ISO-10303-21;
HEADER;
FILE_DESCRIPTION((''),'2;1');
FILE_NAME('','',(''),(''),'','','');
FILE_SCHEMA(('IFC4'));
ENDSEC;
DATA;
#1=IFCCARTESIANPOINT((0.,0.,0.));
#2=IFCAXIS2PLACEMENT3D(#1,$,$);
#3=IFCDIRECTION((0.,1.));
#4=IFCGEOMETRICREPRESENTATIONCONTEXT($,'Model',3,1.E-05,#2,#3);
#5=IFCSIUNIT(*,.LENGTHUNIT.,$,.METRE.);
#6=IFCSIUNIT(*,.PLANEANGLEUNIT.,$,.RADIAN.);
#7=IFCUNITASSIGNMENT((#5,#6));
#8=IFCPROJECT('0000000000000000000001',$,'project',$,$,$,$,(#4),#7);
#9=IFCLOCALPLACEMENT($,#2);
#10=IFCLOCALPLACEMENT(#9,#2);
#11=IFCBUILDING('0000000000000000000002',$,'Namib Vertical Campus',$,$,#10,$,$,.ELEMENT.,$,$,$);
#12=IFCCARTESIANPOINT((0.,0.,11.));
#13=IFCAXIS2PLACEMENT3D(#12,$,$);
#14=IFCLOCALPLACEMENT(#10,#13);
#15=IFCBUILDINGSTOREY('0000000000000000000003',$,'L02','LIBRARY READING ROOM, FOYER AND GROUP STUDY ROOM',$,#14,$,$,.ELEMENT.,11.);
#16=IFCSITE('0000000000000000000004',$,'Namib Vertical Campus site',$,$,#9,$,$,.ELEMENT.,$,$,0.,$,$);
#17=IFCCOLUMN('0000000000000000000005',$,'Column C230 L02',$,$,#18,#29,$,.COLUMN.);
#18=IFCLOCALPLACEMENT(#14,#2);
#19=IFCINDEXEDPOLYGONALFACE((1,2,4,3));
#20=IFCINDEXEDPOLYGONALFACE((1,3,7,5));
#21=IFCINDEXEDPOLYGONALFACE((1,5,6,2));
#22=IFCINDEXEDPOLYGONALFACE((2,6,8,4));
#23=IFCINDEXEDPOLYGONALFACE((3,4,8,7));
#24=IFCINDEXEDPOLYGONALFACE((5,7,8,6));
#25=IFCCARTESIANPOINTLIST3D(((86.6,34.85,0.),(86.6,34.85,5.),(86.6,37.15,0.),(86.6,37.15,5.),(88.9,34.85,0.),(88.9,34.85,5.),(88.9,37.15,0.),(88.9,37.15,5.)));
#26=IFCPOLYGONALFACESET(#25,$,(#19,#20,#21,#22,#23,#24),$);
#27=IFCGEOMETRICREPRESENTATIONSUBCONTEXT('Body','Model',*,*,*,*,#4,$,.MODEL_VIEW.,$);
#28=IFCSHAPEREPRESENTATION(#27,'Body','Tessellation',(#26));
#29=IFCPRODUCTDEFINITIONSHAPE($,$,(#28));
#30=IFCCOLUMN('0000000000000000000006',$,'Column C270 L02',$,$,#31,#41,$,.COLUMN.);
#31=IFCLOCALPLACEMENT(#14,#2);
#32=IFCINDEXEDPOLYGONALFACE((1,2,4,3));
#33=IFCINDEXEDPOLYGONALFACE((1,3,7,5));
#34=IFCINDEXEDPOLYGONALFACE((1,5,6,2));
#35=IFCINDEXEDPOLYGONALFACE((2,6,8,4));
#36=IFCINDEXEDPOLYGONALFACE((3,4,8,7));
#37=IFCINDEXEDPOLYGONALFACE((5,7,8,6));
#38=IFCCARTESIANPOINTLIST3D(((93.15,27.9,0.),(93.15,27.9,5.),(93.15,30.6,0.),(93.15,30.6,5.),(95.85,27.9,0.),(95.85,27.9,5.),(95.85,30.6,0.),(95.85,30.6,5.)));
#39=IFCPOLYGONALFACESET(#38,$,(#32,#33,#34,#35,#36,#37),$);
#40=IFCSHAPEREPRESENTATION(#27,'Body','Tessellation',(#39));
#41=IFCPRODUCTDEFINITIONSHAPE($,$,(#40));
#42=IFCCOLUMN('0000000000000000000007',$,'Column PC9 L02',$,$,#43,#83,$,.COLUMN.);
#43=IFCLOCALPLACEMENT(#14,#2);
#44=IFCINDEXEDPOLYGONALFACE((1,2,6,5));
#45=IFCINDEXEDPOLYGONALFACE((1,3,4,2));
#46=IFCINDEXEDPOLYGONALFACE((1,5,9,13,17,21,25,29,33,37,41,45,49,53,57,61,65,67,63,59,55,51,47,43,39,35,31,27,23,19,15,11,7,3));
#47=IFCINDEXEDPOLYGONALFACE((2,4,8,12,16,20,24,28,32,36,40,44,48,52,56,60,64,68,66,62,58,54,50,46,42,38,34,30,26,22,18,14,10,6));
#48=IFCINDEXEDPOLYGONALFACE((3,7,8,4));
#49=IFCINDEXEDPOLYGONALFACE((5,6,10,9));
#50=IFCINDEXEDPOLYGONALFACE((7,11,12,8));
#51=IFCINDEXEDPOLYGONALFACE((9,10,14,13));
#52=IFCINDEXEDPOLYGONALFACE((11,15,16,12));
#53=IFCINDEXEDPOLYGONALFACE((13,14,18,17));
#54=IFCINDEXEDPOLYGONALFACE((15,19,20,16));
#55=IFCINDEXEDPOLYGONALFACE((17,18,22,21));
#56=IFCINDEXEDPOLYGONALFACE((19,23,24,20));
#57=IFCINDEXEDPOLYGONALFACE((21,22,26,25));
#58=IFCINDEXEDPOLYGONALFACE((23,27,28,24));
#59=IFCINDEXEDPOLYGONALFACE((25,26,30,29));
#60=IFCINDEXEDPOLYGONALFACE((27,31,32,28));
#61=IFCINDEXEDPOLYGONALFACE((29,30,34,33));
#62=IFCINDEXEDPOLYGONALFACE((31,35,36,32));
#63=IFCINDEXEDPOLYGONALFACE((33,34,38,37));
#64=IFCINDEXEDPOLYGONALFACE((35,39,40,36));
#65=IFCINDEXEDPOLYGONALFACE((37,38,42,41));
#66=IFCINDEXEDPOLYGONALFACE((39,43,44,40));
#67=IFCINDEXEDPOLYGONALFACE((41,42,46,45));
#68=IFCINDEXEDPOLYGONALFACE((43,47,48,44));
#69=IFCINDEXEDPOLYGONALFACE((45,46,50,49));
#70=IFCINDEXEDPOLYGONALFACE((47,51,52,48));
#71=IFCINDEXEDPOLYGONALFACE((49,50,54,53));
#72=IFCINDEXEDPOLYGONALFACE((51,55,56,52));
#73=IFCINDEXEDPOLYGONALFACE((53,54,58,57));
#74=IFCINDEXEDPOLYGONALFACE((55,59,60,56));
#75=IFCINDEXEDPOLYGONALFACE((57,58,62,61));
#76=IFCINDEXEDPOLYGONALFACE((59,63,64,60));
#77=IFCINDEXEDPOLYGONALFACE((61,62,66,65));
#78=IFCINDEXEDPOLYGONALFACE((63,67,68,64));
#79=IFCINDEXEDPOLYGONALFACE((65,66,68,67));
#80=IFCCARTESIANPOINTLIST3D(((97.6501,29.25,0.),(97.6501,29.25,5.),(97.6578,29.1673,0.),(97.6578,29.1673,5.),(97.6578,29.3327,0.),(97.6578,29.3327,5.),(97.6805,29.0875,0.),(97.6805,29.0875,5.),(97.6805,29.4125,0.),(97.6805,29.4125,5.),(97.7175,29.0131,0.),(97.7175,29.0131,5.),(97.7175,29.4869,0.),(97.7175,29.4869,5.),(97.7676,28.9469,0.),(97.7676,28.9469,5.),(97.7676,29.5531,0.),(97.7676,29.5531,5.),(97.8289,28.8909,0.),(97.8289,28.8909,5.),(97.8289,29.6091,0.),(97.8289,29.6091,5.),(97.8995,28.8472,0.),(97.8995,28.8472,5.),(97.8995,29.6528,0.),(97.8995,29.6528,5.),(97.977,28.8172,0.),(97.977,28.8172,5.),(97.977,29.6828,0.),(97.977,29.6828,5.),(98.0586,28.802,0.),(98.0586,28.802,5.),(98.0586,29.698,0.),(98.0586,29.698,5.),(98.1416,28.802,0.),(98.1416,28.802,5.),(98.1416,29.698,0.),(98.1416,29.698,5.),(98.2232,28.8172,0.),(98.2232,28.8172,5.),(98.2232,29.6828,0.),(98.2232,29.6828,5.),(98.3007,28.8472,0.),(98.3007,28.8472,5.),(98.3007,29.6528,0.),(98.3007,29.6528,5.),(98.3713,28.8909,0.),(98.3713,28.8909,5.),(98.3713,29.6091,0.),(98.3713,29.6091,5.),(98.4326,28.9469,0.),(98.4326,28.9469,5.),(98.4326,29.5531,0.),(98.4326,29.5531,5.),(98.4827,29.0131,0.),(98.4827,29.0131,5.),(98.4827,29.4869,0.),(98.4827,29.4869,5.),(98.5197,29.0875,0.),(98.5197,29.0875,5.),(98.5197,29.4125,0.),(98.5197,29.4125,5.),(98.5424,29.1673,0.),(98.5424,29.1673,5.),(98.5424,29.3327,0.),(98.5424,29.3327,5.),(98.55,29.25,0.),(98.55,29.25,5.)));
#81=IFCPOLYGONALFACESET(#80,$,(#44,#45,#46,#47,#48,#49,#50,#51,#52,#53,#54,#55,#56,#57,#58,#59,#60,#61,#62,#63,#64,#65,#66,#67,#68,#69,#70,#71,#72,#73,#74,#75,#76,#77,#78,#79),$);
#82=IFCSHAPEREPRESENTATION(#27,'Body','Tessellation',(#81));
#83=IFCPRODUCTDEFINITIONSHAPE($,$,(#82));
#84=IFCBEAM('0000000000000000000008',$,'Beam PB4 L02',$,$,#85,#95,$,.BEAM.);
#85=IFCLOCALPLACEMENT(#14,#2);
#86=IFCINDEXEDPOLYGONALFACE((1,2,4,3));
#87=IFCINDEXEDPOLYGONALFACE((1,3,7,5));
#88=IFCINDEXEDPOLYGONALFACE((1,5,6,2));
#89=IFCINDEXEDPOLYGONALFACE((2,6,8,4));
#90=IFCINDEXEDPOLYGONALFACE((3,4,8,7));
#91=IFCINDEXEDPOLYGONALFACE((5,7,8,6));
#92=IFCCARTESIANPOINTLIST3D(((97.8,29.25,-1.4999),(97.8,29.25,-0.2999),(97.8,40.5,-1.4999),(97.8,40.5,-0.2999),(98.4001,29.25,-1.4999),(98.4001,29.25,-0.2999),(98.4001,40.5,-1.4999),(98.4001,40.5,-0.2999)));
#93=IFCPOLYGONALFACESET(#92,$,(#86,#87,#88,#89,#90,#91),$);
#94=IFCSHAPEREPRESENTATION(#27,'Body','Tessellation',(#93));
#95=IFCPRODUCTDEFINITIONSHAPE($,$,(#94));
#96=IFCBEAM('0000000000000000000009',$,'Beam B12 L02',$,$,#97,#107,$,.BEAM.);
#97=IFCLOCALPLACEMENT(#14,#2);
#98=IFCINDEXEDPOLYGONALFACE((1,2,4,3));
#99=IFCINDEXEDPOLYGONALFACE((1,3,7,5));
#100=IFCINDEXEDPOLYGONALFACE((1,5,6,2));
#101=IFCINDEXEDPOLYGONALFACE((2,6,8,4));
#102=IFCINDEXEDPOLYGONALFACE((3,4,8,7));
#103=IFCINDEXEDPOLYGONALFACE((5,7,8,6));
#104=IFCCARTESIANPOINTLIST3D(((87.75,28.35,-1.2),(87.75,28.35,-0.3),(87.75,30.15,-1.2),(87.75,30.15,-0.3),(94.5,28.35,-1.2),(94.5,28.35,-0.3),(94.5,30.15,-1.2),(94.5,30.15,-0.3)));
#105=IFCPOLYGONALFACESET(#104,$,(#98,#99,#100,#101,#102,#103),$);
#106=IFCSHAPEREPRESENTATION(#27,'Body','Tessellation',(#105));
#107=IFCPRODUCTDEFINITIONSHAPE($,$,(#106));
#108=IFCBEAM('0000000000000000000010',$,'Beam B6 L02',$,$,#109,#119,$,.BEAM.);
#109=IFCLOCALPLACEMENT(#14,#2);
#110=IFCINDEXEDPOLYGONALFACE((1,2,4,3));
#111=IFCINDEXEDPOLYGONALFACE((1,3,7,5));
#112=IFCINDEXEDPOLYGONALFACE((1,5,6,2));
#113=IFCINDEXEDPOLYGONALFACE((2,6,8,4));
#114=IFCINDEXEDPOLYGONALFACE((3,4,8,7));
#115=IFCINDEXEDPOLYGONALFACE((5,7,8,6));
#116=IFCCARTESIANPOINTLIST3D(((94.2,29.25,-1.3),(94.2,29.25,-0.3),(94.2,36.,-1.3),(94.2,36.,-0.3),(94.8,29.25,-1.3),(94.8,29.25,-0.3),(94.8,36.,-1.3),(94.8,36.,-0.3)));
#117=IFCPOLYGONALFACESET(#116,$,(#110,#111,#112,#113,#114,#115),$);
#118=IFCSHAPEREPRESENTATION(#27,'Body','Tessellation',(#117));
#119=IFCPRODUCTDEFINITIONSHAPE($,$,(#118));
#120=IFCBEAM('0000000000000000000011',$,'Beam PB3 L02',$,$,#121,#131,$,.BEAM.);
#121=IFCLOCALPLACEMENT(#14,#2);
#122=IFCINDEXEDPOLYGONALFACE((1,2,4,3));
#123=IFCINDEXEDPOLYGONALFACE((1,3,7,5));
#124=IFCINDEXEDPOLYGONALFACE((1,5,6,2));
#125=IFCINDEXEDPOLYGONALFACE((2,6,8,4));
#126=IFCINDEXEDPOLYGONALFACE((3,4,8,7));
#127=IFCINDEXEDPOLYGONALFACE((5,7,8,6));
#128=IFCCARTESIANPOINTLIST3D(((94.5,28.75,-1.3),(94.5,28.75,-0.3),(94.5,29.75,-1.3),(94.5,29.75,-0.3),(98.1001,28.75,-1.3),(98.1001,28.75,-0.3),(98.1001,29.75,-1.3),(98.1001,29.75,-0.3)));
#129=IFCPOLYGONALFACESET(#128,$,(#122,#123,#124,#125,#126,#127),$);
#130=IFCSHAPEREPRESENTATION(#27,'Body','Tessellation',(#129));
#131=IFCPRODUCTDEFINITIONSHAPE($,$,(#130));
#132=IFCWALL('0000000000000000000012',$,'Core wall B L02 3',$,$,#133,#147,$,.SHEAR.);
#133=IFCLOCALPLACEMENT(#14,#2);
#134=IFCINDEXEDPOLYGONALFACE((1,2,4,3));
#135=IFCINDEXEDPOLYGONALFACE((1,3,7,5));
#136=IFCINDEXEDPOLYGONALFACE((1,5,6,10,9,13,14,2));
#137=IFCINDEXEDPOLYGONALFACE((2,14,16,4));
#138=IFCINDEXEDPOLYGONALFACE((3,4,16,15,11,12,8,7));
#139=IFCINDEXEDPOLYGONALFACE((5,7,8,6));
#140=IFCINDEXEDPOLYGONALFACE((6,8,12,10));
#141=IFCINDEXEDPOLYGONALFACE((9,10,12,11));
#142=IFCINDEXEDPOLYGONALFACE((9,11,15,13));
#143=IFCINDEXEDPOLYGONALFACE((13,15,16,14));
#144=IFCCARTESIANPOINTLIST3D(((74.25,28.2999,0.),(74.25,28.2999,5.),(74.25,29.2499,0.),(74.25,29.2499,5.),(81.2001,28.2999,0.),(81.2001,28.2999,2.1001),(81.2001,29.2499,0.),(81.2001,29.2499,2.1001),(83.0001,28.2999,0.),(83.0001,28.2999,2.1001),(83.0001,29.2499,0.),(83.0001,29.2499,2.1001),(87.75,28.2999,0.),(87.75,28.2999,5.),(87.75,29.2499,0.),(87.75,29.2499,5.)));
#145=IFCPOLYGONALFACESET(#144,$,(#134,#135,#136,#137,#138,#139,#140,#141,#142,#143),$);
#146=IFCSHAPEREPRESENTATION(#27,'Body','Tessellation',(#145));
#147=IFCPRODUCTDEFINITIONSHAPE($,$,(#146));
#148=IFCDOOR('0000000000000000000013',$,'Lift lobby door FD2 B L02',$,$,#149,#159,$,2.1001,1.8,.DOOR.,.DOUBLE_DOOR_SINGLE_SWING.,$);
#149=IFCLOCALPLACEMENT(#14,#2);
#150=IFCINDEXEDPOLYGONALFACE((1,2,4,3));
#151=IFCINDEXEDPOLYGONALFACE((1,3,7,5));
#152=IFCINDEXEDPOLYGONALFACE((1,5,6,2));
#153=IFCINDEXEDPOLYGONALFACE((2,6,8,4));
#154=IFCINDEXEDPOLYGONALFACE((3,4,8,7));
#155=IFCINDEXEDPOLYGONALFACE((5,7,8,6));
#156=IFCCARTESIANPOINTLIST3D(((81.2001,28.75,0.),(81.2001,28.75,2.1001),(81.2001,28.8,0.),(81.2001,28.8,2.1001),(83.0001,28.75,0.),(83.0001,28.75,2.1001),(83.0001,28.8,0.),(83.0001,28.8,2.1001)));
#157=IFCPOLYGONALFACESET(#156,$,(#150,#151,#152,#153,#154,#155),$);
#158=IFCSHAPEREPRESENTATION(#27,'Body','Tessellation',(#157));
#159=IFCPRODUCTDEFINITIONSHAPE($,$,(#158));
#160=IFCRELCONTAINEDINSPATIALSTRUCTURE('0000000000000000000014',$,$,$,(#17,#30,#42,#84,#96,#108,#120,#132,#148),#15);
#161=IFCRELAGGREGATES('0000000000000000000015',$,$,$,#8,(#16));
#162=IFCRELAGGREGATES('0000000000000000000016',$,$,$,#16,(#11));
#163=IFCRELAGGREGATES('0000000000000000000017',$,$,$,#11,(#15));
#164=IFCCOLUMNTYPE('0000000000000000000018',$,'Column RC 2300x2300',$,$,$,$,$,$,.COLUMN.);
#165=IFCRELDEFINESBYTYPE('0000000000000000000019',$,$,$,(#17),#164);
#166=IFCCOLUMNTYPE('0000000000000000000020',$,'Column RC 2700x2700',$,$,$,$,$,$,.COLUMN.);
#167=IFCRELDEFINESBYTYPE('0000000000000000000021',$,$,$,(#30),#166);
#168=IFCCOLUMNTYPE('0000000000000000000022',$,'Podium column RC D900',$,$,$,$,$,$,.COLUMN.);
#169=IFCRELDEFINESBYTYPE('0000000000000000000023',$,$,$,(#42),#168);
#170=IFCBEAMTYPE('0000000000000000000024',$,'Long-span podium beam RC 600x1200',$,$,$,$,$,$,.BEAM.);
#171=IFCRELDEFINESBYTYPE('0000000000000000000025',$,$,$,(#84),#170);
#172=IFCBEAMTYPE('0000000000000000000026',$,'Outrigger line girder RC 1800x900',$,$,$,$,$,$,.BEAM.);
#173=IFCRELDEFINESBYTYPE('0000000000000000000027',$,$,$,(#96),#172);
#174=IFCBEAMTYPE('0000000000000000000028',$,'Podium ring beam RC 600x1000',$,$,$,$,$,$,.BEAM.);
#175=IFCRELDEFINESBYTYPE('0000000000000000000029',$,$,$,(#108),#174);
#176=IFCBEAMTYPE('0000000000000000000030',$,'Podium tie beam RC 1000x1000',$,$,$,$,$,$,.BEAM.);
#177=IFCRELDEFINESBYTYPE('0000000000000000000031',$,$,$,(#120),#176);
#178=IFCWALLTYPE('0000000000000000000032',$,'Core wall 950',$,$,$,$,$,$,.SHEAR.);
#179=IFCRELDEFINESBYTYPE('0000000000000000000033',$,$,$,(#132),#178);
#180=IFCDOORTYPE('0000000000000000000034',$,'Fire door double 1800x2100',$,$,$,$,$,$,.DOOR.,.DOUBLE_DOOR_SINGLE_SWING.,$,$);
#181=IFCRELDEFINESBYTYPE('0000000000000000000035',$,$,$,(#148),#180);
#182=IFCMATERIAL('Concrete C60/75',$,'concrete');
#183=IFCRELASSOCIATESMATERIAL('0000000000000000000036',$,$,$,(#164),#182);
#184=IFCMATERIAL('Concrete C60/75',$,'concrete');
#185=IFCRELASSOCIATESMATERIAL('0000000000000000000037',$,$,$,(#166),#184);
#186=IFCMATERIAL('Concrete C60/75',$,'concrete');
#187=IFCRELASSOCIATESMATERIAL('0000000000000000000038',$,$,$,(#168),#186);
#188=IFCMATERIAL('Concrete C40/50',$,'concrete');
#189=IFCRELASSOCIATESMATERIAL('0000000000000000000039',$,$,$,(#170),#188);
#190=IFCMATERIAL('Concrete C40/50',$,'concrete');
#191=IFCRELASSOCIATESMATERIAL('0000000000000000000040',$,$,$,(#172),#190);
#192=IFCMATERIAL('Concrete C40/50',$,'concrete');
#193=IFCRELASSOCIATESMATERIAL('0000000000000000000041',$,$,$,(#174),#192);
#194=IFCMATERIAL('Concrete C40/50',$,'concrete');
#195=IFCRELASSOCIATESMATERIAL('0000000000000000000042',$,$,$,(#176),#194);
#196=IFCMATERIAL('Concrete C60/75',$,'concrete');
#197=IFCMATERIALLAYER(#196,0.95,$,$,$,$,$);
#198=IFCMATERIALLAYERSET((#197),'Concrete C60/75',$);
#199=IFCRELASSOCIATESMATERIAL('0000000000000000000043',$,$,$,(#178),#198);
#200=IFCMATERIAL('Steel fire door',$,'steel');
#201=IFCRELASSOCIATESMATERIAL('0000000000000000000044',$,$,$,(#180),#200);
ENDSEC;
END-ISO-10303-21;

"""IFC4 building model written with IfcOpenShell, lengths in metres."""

from ifc_helpers import new_model, si_unit, direction, frame, frame_2d, origin, origin_2d, place, context, subcontext, project, spatial, rectangle, circle, extrude, material, layer, layer_set, material_profile, profile_set, type_object, element, fill, save


model = new_model("IFC4")

# Units and contexts
model_context = context("Model", 3, precision=1e-05, world=origin(), true_north=direction((0.0, 1.0)))
body_context = subcontext(model_context, "Body", "Model", "MODEL_VIEW")
ifc_project = project(units=[si_unit("LENGTHUNIT", "METRE"), si_unit("PLANEANGLEUNIT", "RADIAN")], contexts=[model_context])

# Site, building, storey
site_placement = place(None, origin())
site = spatial("IfcSite", under=ifc_project, at=site_placement, Name="Namib Vertical Campus site", CompositionType="ELEMENT", RefElevation=0.0)
building_placement = place(site_placement, origin())
building = spatial("IfcBuilding", under=site, at=building_placement, Name="Namib Vertical Campus", CompositionType="ELEMENT")
storey_placement = place(building_placement, frame((0.0, 0.0, 11.0)))
storey = spatial("IfcBuildingStorey", under=building, at=storey_placement, Name="L02", Description="LIBRARY READING ROOM, FOYER AND GROUP STUDY ROOM", CompositionType="ELEMENT", Elevation=11.0)

# Columns
ifc_material_1 = material(Name="Concrete C60/75", Category="concrete")
ifc_material_profile_1 = material_profile(ifc_material_1, rectangle(XDim=2.3, YDim=2.3, at=origin_2d()))
ifc_profile_set_1 = profile_set([ifc_material_profile_1], Name="Concrete C60/75")
column_type_1 = type_object("IfcColumnType", Name="Column RC 2300x2300", PredefinedType="COLUMN", material=ifc_profile_set_1)
column_1_placement = place(storey_placement, frame((87.75, 36.0, 0.0), z_axis=(0.0, 0.0, 1.0), x_axis=(1.0, 0.0, 0.0)))
element("IfcColumn", 1, at=column_1_placement, inside=storey, type_object=column_type_1, Name="Column C230 L02", PredefinedType="COLUMN", context=body_context, shape_type="SweptSolid", body=[
    extrude(rectangle(XDim=2.3, YDim=2.3, at=origin_2d()), origin(), (0.0, 0.0, 1.0), 5.0),
])
ifc_material_2 = material(Name="Concrete C60/75", Category="concrete")
ifc_material_profile_2 = material_profile(ifc_material_2, rectangle(XDim=2.7, YDim=2.7, at=origin_2d()))
ifc_profile_set_2 = profile_set([ifc_material_profile_2], Name="Concrete C60/75")
column_type_2 = type_object("IfcColumnType", Name="Column RC 2700x2700", PredefinedType="COLUMN", material=ifc_profile_set_2)
column_2_placement = place(storey_placement, frame((94.5, 29.25, 0.0), z_axis=(0.0, 0.0, 1.0), x_axis=(1.0, 0.0, 0.0)))
element("IfcColumn", 2, at=column_2_placement, inside=storey, type_object=column_type_2, Name="Column C270 L02", PredefinedType="COLUMN", context=body_context, shape_type="SweptSolid", body=[
    extrude(rectangle(XDim=2.7, YDim=2.7, at=origin_2d()), origin(), (0.0, 0.0, 1.0), 5.0),
])
ifc_material_3 = material(Name="Concrete C60/75", Category="concrete")
ifc_material_profile_3 = material_profile(ifc_material_3, circle(Radius=0.45, at=origin_2d()))
ifc_profile_set_3 = profile_set([ifc_material_profile_3], Name="Concrete C60/75")
column_type_3 = type_object("IfcColumnType", Name="Podium column RC D900", PredefinedType="COLUMN", material=ifc_profile_set_3)
column_3_placement = place(storey_placement, frame((98.1001, 29.25, 0.0), z_axis=(0.0, 0.0, 1.0), x_axis=(1.0, 0.0, 0.0)))
element("IfcColumn", 3, at=column_3_placement, inside=storey, type_object=column_type_3, Name="Column PC9 L02", PredefinedType="COLUMN", context=body_context, shape_type="SweptSolid", body=[
    extrude(circle(Radius=0.45, at=origin_2d()), origin(), (0.0, 0.0, 1.0), 5.0),
])

# Beams
ifc_material_4 = material(Name="Concrete C40/50", Category="concrete")
ifc_material_profile_4 = material_profile(ifc_material_4, rectangle(XDim=0.6001, YDim=1.2, at=origin_2d()))
ifc_profile_set_4 = profile_set([ifc_material_profile_4], Name="Concrete C40/50")
beam_type_1 = type_object("IfcBeamType", Name="Long-span podium beam RC 600x1200", PredefinedType="BEAM", material=ifc_profile_set_4)
beam_1_placement = place(storey_placement, frame((98.1001, 29.25, -0.8999), z_axis=(0.0, 1.0, 0.0), x_axis=(-1.0, 0.0, 0.0)))
element("IfcBeam", 4, at=beam_1_placement, inside=storey, type_object=beam_type_1, Name="Beam PB4 L02", PredefinedType="BEAM", context=body_context, shape_type="SweptSolid", body=[
    extrude(rectangle(XDim=0.6001, YDim=1.2, at=origin_2d()), origin(), (0.0, 0.0, 1.0), 11.25),
])
ifc_material_5 = material(Name="Concrete C40/50", Category="concrete")
ifc_material_profile_5 = material_profile(ifc_material_5, rectangle(XDim=1.8, YDim=0.8999, at=origin_2d()))
ifc_profile_set_5 = profile_set([ifc_material_profile_5], Name="Concrete C40/50")
beam_type_2 = type_object("IfcBeamType", Name="Outrigger line girder RC 1800x900", PredefinedType="BEAM", material=ifc_profile_set_5)
beam_2_placement = place(storey_placement, frame((94.5, 29.25, -0.75), z_axis=(-1.0, 0.0, 0.0), x_axis=(0.0, -1.0, 0.0)))
element("IfcBeam", 5, at=beam_2_placement, inside=storey, type_object=beam_type_2, Name="Beam B12 L02", PredefinedType="BEAM", context=body_context, shape_type="SweptSolid", body=[
    extrude(rectangle(XDim=1.8, YDim=0.8999, at=origin_2d()), origin(), (0.0, 0.0, 1.0), 6.75),
])
ifc_material_6 = material(Name="Concrete C40/50", Category="concrete")
ifc_material_profile_6 = material_profile(ifc_material_6, rectangle(XDim=0.6001, YDim=1.0, at=origin_2d()))
ifc_profile_set_6 = profile_set([ifc_material_profile_6], Name="Concrete C40/50")
beam_type_3 = type_object("IfcBeamType", Name="Podium ring beam RC 600x1000", PredefinedType="BEAM", material=ifc_profile_set_6)
beam_3_placement = place(storey_placement, frame((94.5, 29.25, -0.8), z_axis=(0.0, 1.0, 0.0), x_axis=(-1.0, 0.0, 0.0)))
element("IfcBeam", 6, at=beam_3_placement, inside=storey, type_object=beam_type_3, Name="Beam B6 L02", PredefinedType="BEAM", context=body_context, shape_type="SweptSolid", body=[
    extrude(rectangle(XDim=0.6001, YDim=1.0, at=origin_2d()), origin(), (0.0, 0.0, 1.0), 6.75),
])
ifc_material_7 = material(Name="Concrete C40/50", Category="concrete")
ifc_material_profile_7 = material_profile(ifc_material_7, rectangle(XDim=1.0, YDim=1.0, at=origin_2d()))
ifc_profile_set_7 = profile_set([ifc_material_profile_7], Name="Concrete C40/50")
beam_type_4 = type_object("IfcBeamType", Name="Podium tie beam RC 1000x1000", PredefinedType="BEAM", material=ifc_profile_set_7)
beam_4_placement = place(storey_placement, frame((94.5, 29.25, -0.8), z_axis=(1.0, 0.0, 0.0), x_axis=(0.0, 1.0, 0.0)))
element("IfcBeam", 7, at=beam_4_placement, inside=storey, type_object=beam_type_4, Name="Beam PB3 L02", PredefinedType="BEAM", context=body_context, shape_type="SweptSolid", body=[
    extrude(rectangle(XDim=1.0, YDim=1.0, at=origin_2d()), origin(), (0.0, 0.0, 1.0), 3.6001),
])

# Wall, opening, door
ifc_material_8 = material(Name="Concrete C60/75", Category="concrete")
ifc_layer_1 = layer(ifc_material_8, 0.95)
ifc_layer_set_1 = layer_set([ifc_layer_1], Name="Concrete C60/75")
wall_type_1 = type_object("IfcWallType", Name="Core wall 950", PredefinedType="SHEAR", material=ifc_layer_set_1)
wall_1_placement = place(storey_placement, frame((87.75, 28.7749, 0.0), z_axis=(0.0, 0.0, 1.0), x_axis=(-1.0, 0.0, 0.0)))
wall_1 = element("IfcWall", 8, at=wall_1_placement, inside=storey, type_object=wall_type_1, Name="Core wall B L02 3", PredefinedType="SHEAR", context=body_context, shape_type="SweptSolid", body=[
    extrude(rectangle(XDim=13.5, YDim=0.95, at=frame_2d((6.75, 0.0))), origin(), (0.0, 0.0, 1.0), 5.0),
])
opening_1_placement = place(wall_1_placement, frame((4.75, 0.0, 0.0)))
opening_1 = element("IfcOpeningElement", 9, at=opening_1_placement, cuts=wall_1, PredefinedType="OPENING", context=body_context, shape_type="SweptSolid", body=[
    extrude(rectangle(XDim=1.8, YDim=2.1001, at=frame_2d((0.8999, 1.05))), frame((0.0, 0.4849, 0.0), z_axis=(0.0, -1.0, 0.0), x_axis=(1.0, 0.0, 0.0)), (0.0, 0.0, 1.0), 0.97),
])
ifc_material_9 = material(Name="Steel fire door", Category="steel")
door_type_1 = type_object("IfcDoorType", Name="Fire door double 1800x2100", OperationType="DOUBLE_DOOR_SINGLE_SWING", PredefinedType="DOOR", material=ifc_material_9)
door_1_placement = place(opening_1_placement, origin())
door_1 = element("IfcDoor", 10, at=door_1_placement, inside=storey, type_object=door_type_1, Name="Lift lobby door FD2 B L02", OperationType="DOUBLE_DOOR_SINGLE_SWING", OverallHeight=2.1001, OverallWidth=1.8, PredefinedType="DOOR", context=body_context, shape_type="SweptSolid", body=[
    extrude(rectangle(XDim=1.8, YDim=2.1001, at=frame_2d((0.8999, 1.05))), frame((0.0, 0.0249, 0.0), z_axis=(0.0, -1.0, 0.0), x_axis=(1.0, 0.0, 0.0)), (0.0, 0.0, 1.0), 0.05),
])
fill(opening_1, door_1)

save(model, "model.ifc")
